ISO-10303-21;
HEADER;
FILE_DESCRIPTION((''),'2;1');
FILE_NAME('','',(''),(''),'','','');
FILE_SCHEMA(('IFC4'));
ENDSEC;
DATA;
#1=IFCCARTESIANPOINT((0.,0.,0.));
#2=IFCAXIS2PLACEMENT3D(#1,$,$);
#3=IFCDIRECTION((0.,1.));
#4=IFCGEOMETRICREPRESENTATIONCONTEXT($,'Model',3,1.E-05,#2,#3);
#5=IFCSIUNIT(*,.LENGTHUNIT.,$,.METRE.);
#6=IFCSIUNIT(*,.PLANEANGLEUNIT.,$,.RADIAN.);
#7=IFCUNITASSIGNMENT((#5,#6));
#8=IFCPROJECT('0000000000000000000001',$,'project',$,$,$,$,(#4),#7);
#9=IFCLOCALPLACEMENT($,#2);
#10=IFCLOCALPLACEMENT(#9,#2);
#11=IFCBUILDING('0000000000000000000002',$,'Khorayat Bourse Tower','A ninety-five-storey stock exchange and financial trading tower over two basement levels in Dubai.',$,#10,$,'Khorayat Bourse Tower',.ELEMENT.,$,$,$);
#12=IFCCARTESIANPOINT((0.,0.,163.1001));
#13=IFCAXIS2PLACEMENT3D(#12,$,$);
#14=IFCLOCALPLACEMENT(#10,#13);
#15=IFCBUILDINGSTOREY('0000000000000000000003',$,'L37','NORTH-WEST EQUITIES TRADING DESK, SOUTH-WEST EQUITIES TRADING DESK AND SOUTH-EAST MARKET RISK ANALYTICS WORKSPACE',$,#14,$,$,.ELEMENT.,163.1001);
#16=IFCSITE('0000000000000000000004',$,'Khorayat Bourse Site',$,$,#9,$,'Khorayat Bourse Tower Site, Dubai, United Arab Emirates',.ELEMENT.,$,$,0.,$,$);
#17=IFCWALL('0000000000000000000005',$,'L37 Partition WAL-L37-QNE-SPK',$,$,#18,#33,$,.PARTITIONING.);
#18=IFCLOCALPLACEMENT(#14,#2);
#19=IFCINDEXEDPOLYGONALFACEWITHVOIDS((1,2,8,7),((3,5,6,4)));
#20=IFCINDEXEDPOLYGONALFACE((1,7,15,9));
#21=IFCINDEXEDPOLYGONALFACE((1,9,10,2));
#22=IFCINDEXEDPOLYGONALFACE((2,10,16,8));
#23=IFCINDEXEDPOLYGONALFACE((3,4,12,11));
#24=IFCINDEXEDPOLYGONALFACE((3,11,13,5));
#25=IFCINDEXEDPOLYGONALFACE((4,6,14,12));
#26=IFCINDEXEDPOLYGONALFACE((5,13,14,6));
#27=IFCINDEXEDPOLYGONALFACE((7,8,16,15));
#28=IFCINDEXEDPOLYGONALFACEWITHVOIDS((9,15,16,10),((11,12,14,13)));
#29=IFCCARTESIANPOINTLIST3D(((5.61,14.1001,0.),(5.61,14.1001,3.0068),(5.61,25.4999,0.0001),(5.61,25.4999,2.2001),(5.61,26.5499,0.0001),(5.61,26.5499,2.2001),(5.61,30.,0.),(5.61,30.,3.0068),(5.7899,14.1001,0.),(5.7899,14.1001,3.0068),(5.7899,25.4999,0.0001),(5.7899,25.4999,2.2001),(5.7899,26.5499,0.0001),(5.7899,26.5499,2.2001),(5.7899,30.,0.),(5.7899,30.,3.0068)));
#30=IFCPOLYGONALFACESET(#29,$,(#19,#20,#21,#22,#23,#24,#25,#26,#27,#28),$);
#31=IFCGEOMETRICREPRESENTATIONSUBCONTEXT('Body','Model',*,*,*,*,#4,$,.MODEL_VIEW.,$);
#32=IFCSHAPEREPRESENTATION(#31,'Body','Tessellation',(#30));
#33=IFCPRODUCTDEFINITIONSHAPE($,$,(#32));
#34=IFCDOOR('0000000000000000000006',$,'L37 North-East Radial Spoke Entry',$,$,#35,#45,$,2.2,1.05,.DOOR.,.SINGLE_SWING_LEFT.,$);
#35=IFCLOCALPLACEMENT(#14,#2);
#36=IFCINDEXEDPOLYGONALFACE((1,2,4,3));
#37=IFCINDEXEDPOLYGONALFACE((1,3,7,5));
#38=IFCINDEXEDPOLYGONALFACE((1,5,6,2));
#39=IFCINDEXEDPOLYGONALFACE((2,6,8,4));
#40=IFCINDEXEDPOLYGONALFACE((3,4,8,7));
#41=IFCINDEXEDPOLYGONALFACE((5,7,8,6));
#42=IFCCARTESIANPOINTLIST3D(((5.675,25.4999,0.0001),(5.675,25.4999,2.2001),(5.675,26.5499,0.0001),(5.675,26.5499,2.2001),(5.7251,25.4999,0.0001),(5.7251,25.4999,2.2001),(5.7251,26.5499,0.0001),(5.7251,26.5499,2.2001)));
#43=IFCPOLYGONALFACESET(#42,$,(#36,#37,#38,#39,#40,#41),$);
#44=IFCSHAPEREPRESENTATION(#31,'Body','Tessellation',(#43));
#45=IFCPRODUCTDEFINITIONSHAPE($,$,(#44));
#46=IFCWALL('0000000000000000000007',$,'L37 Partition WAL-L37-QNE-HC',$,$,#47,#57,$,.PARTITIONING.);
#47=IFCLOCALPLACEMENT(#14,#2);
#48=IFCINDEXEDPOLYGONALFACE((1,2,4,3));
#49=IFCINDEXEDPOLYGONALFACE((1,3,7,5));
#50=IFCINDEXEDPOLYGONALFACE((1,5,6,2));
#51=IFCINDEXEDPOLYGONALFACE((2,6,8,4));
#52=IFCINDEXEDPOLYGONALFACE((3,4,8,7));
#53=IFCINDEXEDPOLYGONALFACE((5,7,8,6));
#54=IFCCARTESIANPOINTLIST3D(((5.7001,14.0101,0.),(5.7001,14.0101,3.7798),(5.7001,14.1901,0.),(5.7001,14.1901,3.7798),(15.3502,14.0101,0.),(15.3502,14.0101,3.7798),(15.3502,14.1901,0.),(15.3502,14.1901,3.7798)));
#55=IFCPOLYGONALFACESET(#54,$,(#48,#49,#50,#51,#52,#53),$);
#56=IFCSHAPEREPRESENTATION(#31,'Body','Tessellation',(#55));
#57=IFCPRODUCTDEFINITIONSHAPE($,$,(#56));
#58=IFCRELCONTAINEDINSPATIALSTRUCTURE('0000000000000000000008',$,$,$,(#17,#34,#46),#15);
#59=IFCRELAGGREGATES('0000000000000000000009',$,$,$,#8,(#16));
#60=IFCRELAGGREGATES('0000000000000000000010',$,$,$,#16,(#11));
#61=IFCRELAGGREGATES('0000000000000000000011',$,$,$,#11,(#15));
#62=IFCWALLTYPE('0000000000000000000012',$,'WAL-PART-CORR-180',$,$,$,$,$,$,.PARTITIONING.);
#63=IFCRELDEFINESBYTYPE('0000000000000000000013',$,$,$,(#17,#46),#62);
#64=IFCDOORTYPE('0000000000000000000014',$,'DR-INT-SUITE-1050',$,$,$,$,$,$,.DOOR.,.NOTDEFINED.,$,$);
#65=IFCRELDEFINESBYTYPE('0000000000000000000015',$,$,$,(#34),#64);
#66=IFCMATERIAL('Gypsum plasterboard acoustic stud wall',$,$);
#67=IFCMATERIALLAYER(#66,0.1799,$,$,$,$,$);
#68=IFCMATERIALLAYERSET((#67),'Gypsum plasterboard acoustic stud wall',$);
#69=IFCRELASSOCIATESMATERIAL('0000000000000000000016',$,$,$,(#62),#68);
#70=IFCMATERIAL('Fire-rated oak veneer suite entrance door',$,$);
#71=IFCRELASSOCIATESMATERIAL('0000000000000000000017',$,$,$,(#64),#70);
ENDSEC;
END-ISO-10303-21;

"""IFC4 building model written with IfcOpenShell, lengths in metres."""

from ifc_helpers import new_model, si_unit, direction, frame, frame_2d, origin, place, context, subcontext, project, spatial, rectangle, extrude, source, transform, mapped, material, layer, layer_set, type_object, element, fill, save


model = new_model("IFC4")

# Units and contexts
model_context = context("Model", 3, precision=1e-05, world=origin(), true_north=direction((0.0, 1.0)))
body_context = subcontext(model_context, "Body", "Model", "MODEL_VIEW")
ifc_project = project(units=[si_unit("LENGTHUNIT", "METRE"), si_unit("PLANEANGLEUNIT", "RADIAN")], contexts=[model_context])

# Site, building, storey
site_placement = place(None, origin())
site = spatial("IfcSite", under=ifc_project, at=site_placement, Name="Khorayat Bourse Site", LongName="Khorayat Bourse Tower Site, Dubai, United Arab Emirates", CompositionType="ELEMENT", RefElevation=0.0)
building_placement = place(site_placement, origin())
building = spatial("IfcBuilding", under=site, at=building_placement, Name="Khorayat Bourse Tower", Description="A ninety-five-storey stock exchange and financial trading tower over two basement levels in Dubai.", LongName="Khorayat Bourse Tower", CompositionType="ELEMENT")
storey_placement = place(building_placement, frame((0.0, 0.0, 163.1001)))
storey = spatial("IfcBuildingStorey", under=building, at=storey_placement, Name="L37", Description="NORTH-WEST EQUITIES TRADING DESK, SOUTH-WEST EQUITIES TRADING DESK AND SOUTH-EAST MARKET RISK ANALYTICS WORKSPACE", CompositionType="ELEMENT", Elevation=163.1001)

# Wall, opening, door
ifc_material_1 = material(Name="Gypsum plasterboard acoustic stud wall")
ifc_layer_1 = layer(ifc_material_1, 0.1799)
ifc_layer_set_1 = layer_set([ifc_layer_1], Name="Gypsum plasterboard acoustic stud wall")
wall_type_1 = type_object("IfcWallType", Name="WAL-PART-CORR-180", PredefinedType="PARTITIONING", material=ifc_layer_set_1)
shared_shape_1 = source(origin(), body_context, "Body", "SweptSolid", [
    extrude(rectangle(XDim=1.05, YDim=2.2, at=frame_2d((0.5249, 1.1001))), frame((0.0, 0.0999, 0.0), z_axis=(0.0, -1.0, 0.0), x_axis=(1.0, 0.0, 0.0)), (0.0, 0.0, 1.0), 0.2),
])
ifc_material_2 = material(Name="Fire-rated oak veneer suite entrance door")
door_type_1 = type_object("IfcDoorType", Name="DR-INT-SUITE-1050", OperationType="NOTDEFINED", PredefinedType="DOOR", material=ifc_material_2)
shared_shape_2 = source(origin(), body_context, "Body", "SweptSolid", [
    extrude(rectangle(XDim=1.05, YDim=2.2, at=frame_2d((0.5249, 1.1001))), frame((0.0, 0.0249, 0.0), z_axis=(0.0, -1.0, 0.0), x_axis=(1.0, 0.0, 0.0)), (0.0, 0.0, 1.0), 0.05),
])
shared_shape_3 = source(origin(), body_context, "Body", "SweptSolid", [
    extrude(rectangle(XDim=15.8999, YDim=0.1799, at=frame_2d((7.95, 0.0))), origin(), (0.0, 0.0, 1.0), 3.0068),
])
wall_1_placement = place(storey_placement, frame((5.7, 14.1001, 0.0), z_axis=(0.0, 0.0, 1.0), x_axis=(0.0, 1.0, 0.0)))
wall_1 = element("IfcWall", 1, at=wall_1_placement, inside=storey, type_object=wall_type_1, Name="L37 Partition WAL-L37-QNE-SPK", PredefinedType="PARTITIONING", context=body_context, shape_type="MappedRepresentation", body=[
    mapped(shared_shape_3, transform((0.0, 0.0, 0.0), scale=1.0)),
])
opening_1_placement = place(wall_1_placement, frame((11.3999, 0.0, 0.0)))
opening_1 = element("IfcOpeningElement", 2, at=opening_1_placement, cuts=wall_1, PredefinedType="OPENING", context=body_context, shape_type="MappedRepresentation", body=[
    mapped(shared_shape_1, transform((0.0, 0.0, 0.0), scale=1.0)),
])
door_1_placement = place(opening_1_placement, origin())
door_1 = element("IfcDoor", 3, at=door_1_placement, inside=storey, type_object=door_type_1, Name="L37 North-East Radial Spoke Entry", OperationType="SINGLE_SWING_LEFT", OverallHeight=2.2, OverallWidth=1.05, PredefinedType="DOOR", context=body_context, shape_type="MappedRepresentation", body=[
    mapped(shared_shape_2, transform((0.0, 0.0, 0.0), scale=1.0)),
])
fill(opening_1, door_1)

# Wall
shared_shape_4 = source(origin(), body_context, "Body", "SweptSolid", [
    extrude(rectangle(XDim=9.6501, YDim=0.1799, at=frame_2d((4.8252, 0.0))), origin(), (0.0, 0.0, 1.0), 3.7798),
])
wall_2_placement = place(storey_placement, frame((5.7, 14.1001, 0.0), z_axis=(0.0, 0.0, 1.0), x_axis=(1.0, 0.0, 0.0)))
element("IfcWall", 4, at=wall_2_placement, inside=storey, type_object=wall_type_1, Name="L37 Partition WAL-L37-QNE-HC", PredefinedType="PARTITIONING", context=body_context, shape_type="MappedRepresentation", body=[
    mapped(shared_shape_4, transform((0.0, 0.0, 0.0), scale=1.0)),
])

save(model, "model.ifc")
